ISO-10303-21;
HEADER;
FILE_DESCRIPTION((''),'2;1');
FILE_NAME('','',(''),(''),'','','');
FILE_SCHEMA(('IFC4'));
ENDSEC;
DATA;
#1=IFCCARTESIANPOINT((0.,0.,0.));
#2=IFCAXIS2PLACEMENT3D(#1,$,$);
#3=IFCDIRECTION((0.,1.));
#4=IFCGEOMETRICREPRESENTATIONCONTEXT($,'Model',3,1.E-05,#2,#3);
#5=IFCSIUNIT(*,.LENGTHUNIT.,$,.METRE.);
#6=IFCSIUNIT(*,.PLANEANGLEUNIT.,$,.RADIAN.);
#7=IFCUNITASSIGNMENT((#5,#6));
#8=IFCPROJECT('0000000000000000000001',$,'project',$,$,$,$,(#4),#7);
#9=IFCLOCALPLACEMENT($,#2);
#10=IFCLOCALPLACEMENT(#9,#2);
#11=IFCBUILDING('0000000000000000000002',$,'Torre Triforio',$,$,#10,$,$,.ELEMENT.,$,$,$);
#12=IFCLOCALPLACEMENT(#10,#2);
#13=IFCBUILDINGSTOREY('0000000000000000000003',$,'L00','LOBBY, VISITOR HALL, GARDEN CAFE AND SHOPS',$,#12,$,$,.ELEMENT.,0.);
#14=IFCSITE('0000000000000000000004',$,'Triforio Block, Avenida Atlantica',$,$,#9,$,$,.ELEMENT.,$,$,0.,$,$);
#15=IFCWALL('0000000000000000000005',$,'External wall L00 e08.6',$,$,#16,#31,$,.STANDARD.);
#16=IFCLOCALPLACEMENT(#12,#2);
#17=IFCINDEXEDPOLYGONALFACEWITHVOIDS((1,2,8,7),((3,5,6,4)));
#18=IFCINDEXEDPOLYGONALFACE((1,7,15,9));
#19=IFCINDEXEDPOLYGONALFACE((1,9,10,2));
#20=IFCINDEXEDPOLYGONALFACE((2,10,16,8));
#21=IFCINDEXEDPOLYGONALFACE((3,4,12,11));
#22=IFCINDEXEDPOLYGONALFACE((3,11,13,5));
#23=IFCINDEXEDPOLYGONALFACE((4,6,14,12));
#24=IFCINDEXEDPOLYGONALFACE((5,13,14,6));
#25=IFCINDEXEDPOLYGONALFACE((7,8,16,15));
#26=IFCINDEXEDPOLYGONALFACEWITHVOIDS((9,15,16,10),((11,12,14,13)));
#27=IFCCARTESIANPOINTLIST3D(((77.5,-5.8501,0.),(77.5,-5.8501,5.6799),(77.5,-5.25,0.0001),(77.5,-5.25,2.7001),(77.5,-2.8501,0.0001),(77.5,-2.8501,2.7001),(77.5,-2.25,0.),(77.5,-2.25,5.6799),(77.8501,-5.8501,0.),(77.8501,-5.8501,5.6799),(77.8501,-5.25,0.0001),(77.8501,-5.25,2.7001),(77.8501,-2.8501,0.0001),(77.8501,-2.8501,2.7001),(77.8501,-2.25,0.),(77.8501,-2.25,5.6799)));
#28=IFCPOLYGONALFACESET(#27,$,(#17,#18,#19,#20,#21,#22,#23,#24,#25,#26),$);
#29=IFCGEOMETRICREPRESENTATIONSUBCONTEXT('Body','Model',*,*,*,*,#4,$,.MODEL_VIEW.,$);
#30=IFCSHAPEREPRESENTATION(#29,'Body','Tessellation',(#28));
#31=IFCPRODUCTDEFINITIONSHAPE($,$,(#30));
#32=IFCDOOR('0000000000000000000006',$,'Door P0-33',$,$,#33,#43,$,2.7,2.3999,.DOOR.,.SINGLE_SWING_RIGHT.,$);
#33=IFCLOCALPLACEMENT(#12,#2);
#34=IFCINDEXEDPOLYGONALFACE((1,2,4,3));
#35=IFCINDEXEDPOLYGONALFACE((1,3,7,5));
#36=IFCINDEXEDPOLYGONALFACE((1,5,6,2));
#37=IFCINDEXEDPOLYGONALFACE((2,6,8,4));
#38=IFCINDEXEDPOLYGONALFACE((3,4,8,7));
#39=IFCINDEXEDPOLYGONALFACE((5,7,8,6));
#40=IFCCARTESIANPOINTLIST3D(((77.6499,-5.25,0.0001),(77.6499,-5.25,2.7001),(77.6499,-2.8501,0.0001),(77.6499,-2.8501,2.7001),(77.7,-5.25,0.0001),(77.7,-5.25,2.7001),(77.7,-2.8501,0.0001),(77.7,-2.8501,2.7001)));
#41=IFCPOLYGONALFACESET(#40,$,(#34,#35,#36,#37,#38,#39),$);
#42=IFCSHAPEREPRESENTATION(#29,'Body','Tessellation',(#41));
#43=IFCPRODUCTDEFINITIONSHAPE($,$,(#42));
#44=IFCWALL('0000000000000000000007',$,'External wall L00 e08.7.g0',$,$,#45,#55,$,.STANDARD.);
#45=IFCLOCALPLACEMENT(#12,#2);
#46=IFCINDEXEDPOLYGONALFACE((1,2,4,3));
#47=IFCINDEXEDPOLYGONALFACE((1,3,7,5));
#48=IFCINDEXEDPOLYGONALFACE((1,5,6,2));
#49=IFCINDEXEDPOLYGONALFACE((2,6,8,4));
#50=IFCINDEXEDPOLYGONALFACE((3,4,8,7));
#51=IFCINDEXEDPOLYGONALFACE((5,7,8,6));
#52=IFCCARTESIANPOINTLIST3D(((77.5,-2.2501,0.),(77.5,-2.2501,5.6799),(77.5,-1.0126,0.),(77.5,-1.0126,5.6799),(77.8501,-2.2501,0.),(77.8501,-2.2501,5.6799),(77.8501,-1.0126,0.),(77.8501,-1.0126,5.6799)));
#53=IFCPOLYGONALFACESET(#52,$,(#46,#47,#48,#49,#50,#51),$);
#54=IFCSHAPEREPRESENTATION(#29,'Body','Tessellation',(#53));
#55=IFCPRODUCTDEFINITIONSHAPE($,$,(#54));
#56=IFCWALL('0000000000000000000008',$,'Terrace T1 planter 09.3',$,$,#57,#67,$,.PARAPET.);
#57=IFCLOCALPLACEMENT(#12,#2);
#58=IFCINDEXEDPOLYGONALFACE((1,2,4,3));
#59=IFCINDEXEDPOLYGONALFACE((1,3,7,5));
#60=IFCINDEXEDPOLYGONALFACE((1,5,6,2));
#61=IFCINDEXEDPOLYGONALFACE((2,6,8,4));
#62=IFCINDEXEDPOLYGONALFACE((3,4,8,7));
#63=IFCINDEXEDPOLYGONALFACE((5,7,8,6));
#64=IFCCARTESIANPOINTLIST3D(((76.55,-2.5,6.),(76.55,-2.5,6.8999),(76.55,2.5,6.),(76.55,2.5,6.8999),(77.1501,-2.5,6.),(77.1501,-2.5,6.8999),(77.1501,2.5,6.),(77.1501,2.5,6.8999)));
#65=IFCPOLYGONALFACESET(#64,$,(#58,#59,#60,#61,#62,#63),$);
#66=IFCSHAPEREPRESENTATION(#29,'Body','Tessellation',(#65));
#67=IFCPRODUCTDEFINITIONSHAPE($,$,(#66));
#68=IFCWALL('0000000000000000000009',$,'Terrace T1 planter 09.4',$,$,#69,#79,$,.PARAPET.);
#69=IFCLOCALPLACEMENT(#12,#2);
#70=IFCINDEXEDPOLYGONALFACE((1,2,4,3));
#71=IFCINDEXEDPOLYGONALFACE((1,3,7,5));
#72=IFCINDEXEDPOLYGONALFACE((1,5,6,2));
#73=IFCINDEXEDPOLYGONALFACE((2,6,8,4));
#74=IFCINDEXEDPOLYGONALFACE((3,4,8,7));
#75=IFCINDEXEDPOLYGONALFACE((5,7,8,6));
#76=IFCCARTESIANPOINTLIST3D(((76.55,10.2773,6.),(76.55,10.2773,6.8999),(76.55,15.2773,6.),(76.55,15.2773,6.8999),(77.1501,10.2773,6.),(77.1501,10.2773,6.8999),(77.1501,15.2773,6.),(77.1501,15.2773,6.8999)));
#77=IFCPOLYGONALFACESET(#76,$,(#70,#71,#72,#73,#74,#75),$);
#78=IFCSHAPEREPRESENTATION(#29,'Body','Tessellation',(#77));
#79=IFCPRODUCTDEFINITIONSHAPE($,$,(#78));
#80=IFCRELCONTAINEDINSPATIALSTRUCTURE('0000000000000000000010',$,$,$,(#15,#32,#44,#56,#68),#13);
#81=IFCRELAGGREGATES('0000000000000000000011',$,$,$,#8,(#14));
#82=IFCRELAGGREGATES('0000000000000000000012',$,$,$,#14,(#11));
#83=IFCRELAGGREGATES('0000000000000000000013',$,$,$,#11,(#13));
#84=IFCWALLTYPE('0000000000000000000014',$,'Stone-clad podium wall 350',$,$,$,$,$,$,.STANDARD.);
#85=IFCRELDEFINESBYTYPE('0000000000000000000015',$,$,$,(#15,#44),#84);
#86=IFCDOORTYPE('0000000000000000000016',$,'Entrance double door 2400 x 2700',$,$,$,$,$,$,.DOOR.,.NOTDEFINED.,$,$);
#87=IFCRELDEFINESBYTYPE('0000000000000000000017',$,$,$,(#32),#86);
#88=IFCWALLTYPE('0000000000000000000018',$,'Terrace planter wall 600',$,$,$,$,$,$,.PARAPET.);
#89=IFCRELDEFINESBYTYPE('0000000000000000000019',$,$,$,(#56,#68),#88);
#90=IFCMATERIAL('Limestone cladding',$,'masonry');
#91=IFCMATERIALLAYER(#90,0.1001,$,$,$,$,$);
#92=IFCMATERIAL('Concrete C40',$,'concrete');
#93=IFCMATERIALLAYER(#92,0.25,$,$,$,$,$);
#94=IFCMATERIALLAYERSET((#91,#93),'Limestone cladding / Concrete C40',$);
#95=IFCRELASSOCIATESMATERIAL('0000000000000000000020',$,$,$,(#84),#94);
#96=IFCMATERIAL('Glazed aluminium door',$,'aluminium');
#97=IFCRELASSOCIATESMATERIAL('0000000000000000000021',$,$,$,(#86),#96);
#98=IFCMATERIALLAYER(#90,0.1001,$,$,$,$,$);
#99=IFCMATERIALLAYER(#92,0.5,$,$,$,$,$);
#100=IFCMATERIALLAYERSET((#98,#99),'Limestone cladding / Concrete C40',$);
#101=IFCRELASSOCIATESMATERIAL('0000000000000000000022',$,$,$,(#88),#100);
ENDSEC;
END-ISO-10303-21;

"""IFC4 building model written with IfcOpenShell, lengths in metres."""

from ifc_helpers import new_model, si_unit, direction, frame, frame_2d, origin, place, context, subcontext, project, spatial, rectangle, extrude, material, layer, layer_set, type_object, element, fill, save


model = new_model("IFC4")

# Units and contexts
model_context = context("Model", 3, precision=1e-05, world=origin(), true_north=direction((0.0, 1.0)))
body_context = subcontext(model_context, "Body", "Model", "MODEL_VIEW")
ifc_project = project(units=[si_unit("LENGTHUNIT", "METRE"), si_unit("PLANEANGLEUNIT", "RADIAN")], contexts=[model_context])

# Site, building, storey
site_placement = place(None, origin())
site = spatial("IfcSite", under=ifc_project, at=site_placement, Name="Triforio Block, Avenida Atlantica", CompositionType="ELEMENT", RefElevation=0.0)
building_placement = place(site_placement, origin())
building = spatial("IfcBuilding", under=site, at=building_placement, Name="Torre Triforio", CompositionType="ELEMENT")
storey_placement = place(building_placement, origin())
storey = spatial("IfcBuildingStorey", under=building, at=storey_placement, Name="L00", Description="LOBBY, VISITOR HALL, GARDEN CAFE AND SHOPS", CompositionType="ELEMENT", Elevation=0.0)

# Shared definitions
ifc_material_1 = material(Name="Limestone cladding", Category="masonry")
ifc_layer_1 = layer(ifc_material_1, 0.1001)
ifc_material_2 = material(Name="Concrete C40", Category="concrete")
ifc_layer_2 = layer(ifc_material_2, 0.25)
ifc_layer_set_1 = layer_set([ifc_layer_1, ifc_layer_2], Name="Limestone cladding / Concrete C40")
wall_type_1 = type_object("IfcWallType", Name="Stone-clad podium wall 350", PredefinedType="STANDARD", material=ifc_layer_set_1)

# Shared definitions
ifc_material_3 = material(Name="Glazed aluminium door", Category="aluminium")

# Wall, opening, door
wall_1_placement = place(storey_placement, frame((77.675, -5.8501, 0.0), z_axis=(0.0, 0.0, 1.0), x_axis=(0.0, 1.0, 0.0)))
wall_1 = element("IfcWall", 1, at=wall_1_placement, inside=storey, type_object=wall_type_1, Name="External wall L00 e08.6", PredefinedType="STANDARD", context=body_context, shape_type="SweptSolid", body=[
    extrude(rectangle(XDim=3.6001, YDim=0.3501, at=frame_2d((1.8, 0.0))), origin(), (0.0, 0.0, 1.0), 5.6799),
])
opening_1_placement = place(wall_1_placement, frame((0.6001, 0.0, 0.0)))
opening_1 = element("IfcOpeningElement", 2, at=opening_1_placement, cuts=wall_1, PredefinedType="OPENING", context=body_context, shape_type="SweptSolid", body=[
    extrude(rectangle(XDim=2.3999, YDim=2.7, at=frame_2d((1.2, 1.3501))), frame((0.0, 0.1851, 0.0), z_axis=(0.0, -1.0, 0.0), x_axis=(1.0, 0.0, 0.0)), (0.0, 0.0, 1.0), 0.3701),
])
door_type_1 = type_object("IfcDoorType", Name="Entrance double door 2400 x 2700", OperationType="NOTDEFINED", PredefinedType="DOOR", material=ifc_material_3)
door_1_placement = place(opening_1_placement, frame((2.3999, 0.0, 0.0), z_axis=(0.0, 0.0, 1.0), x_axis=(-1.0, 0.0, 0.0)))
door_1 = element("IfcDoor", 3, at=door_1_placement, inside=storey, type_object=door_type_1, Name="Door P0-33", OperationType="SINGLE_SWING_RIGHT", OverallHeight=2.7, OverallWidth=2.3999, PredefinedType="DOOR", context=body_context, shape_type="SweptSolid", body=[
    extrude(rectangle(XDim=2.3999, YDim=2.7, at=frame_2d((1.2, 1.3501))), frame((0.0, 0.0249, 0.0), z_axis=(0.0, -1.0, 0.0), x_axis=(1.0, 0.0, 0.0)), (0.0, 0.0, 1.0), 0.05),
])
fill(opening_1, door_1)

# Walls
wall_2_placement = place(storey_placement, frame((77.675, -2.25, 0.0), z_axis=(0.0, 0.0, 1.0), x_axis=(0.0, 1.0, 0.0)))
element("IfcWall", 4, at=wall_2_placement, inside=storey, type_object=wall_type_1, Name="External wall L00 e08.7.g0", PredefinedType="STANDARD", context=body_context, shape_type="SweptSolid", body=[
    extrude(rectangle(XDim=1.2375, YDim=0.3501, at=frame_2d((0.6187, 0.0))), origin(), (0.0, 0.0, 1.0), 5.6799),
])
ifc_layer_3 = layer(ifc_material_1, 0.1001)
ifc_layer_4 = layer(ifc_material_2, 0.5)
ifc_layer_set_2 = layer_set([ifc_layer_3, ifc_layer_4], Name="Limestone cladding / Concrete C40")
wall_type_2 = type_object("IfcWallType", Name="Terrace planter wall 600", PredefinedType="PARAPET", material=ifc_layer_set_2)
for number, where, z_axis, x_axis, name in (
    (5, (76.8501, -2.5, 6.0), (0.0, 0.0, 1.0), (0.0, 1.0, 0.0), "Terrace T1 planter 09.3"),
    (6, (76.8501, 10.2773, 6.0), (0.0, 0.0, 1.0), (0.0, 1.0, 0.0), "Terrace T1 planter 09.4"),
):
    element("IfcWall", number, at=place(storey_placement, frame(where, z_axis=z_axis, x_axis=x_axis)), inside=storey, type_object=wall_type_2, Name=name, PredefinedType="PARAPET", context=body_context, shape_type="SweptSolid", body=[
        extrude(rectangle(XDim=5.0, YDim=0.6001, at=frame_2d((2.5, 0.0))), origin(), (0.0, 0.0, 1.0), 0.8999),
    ])

save(model, "model.ifc")
